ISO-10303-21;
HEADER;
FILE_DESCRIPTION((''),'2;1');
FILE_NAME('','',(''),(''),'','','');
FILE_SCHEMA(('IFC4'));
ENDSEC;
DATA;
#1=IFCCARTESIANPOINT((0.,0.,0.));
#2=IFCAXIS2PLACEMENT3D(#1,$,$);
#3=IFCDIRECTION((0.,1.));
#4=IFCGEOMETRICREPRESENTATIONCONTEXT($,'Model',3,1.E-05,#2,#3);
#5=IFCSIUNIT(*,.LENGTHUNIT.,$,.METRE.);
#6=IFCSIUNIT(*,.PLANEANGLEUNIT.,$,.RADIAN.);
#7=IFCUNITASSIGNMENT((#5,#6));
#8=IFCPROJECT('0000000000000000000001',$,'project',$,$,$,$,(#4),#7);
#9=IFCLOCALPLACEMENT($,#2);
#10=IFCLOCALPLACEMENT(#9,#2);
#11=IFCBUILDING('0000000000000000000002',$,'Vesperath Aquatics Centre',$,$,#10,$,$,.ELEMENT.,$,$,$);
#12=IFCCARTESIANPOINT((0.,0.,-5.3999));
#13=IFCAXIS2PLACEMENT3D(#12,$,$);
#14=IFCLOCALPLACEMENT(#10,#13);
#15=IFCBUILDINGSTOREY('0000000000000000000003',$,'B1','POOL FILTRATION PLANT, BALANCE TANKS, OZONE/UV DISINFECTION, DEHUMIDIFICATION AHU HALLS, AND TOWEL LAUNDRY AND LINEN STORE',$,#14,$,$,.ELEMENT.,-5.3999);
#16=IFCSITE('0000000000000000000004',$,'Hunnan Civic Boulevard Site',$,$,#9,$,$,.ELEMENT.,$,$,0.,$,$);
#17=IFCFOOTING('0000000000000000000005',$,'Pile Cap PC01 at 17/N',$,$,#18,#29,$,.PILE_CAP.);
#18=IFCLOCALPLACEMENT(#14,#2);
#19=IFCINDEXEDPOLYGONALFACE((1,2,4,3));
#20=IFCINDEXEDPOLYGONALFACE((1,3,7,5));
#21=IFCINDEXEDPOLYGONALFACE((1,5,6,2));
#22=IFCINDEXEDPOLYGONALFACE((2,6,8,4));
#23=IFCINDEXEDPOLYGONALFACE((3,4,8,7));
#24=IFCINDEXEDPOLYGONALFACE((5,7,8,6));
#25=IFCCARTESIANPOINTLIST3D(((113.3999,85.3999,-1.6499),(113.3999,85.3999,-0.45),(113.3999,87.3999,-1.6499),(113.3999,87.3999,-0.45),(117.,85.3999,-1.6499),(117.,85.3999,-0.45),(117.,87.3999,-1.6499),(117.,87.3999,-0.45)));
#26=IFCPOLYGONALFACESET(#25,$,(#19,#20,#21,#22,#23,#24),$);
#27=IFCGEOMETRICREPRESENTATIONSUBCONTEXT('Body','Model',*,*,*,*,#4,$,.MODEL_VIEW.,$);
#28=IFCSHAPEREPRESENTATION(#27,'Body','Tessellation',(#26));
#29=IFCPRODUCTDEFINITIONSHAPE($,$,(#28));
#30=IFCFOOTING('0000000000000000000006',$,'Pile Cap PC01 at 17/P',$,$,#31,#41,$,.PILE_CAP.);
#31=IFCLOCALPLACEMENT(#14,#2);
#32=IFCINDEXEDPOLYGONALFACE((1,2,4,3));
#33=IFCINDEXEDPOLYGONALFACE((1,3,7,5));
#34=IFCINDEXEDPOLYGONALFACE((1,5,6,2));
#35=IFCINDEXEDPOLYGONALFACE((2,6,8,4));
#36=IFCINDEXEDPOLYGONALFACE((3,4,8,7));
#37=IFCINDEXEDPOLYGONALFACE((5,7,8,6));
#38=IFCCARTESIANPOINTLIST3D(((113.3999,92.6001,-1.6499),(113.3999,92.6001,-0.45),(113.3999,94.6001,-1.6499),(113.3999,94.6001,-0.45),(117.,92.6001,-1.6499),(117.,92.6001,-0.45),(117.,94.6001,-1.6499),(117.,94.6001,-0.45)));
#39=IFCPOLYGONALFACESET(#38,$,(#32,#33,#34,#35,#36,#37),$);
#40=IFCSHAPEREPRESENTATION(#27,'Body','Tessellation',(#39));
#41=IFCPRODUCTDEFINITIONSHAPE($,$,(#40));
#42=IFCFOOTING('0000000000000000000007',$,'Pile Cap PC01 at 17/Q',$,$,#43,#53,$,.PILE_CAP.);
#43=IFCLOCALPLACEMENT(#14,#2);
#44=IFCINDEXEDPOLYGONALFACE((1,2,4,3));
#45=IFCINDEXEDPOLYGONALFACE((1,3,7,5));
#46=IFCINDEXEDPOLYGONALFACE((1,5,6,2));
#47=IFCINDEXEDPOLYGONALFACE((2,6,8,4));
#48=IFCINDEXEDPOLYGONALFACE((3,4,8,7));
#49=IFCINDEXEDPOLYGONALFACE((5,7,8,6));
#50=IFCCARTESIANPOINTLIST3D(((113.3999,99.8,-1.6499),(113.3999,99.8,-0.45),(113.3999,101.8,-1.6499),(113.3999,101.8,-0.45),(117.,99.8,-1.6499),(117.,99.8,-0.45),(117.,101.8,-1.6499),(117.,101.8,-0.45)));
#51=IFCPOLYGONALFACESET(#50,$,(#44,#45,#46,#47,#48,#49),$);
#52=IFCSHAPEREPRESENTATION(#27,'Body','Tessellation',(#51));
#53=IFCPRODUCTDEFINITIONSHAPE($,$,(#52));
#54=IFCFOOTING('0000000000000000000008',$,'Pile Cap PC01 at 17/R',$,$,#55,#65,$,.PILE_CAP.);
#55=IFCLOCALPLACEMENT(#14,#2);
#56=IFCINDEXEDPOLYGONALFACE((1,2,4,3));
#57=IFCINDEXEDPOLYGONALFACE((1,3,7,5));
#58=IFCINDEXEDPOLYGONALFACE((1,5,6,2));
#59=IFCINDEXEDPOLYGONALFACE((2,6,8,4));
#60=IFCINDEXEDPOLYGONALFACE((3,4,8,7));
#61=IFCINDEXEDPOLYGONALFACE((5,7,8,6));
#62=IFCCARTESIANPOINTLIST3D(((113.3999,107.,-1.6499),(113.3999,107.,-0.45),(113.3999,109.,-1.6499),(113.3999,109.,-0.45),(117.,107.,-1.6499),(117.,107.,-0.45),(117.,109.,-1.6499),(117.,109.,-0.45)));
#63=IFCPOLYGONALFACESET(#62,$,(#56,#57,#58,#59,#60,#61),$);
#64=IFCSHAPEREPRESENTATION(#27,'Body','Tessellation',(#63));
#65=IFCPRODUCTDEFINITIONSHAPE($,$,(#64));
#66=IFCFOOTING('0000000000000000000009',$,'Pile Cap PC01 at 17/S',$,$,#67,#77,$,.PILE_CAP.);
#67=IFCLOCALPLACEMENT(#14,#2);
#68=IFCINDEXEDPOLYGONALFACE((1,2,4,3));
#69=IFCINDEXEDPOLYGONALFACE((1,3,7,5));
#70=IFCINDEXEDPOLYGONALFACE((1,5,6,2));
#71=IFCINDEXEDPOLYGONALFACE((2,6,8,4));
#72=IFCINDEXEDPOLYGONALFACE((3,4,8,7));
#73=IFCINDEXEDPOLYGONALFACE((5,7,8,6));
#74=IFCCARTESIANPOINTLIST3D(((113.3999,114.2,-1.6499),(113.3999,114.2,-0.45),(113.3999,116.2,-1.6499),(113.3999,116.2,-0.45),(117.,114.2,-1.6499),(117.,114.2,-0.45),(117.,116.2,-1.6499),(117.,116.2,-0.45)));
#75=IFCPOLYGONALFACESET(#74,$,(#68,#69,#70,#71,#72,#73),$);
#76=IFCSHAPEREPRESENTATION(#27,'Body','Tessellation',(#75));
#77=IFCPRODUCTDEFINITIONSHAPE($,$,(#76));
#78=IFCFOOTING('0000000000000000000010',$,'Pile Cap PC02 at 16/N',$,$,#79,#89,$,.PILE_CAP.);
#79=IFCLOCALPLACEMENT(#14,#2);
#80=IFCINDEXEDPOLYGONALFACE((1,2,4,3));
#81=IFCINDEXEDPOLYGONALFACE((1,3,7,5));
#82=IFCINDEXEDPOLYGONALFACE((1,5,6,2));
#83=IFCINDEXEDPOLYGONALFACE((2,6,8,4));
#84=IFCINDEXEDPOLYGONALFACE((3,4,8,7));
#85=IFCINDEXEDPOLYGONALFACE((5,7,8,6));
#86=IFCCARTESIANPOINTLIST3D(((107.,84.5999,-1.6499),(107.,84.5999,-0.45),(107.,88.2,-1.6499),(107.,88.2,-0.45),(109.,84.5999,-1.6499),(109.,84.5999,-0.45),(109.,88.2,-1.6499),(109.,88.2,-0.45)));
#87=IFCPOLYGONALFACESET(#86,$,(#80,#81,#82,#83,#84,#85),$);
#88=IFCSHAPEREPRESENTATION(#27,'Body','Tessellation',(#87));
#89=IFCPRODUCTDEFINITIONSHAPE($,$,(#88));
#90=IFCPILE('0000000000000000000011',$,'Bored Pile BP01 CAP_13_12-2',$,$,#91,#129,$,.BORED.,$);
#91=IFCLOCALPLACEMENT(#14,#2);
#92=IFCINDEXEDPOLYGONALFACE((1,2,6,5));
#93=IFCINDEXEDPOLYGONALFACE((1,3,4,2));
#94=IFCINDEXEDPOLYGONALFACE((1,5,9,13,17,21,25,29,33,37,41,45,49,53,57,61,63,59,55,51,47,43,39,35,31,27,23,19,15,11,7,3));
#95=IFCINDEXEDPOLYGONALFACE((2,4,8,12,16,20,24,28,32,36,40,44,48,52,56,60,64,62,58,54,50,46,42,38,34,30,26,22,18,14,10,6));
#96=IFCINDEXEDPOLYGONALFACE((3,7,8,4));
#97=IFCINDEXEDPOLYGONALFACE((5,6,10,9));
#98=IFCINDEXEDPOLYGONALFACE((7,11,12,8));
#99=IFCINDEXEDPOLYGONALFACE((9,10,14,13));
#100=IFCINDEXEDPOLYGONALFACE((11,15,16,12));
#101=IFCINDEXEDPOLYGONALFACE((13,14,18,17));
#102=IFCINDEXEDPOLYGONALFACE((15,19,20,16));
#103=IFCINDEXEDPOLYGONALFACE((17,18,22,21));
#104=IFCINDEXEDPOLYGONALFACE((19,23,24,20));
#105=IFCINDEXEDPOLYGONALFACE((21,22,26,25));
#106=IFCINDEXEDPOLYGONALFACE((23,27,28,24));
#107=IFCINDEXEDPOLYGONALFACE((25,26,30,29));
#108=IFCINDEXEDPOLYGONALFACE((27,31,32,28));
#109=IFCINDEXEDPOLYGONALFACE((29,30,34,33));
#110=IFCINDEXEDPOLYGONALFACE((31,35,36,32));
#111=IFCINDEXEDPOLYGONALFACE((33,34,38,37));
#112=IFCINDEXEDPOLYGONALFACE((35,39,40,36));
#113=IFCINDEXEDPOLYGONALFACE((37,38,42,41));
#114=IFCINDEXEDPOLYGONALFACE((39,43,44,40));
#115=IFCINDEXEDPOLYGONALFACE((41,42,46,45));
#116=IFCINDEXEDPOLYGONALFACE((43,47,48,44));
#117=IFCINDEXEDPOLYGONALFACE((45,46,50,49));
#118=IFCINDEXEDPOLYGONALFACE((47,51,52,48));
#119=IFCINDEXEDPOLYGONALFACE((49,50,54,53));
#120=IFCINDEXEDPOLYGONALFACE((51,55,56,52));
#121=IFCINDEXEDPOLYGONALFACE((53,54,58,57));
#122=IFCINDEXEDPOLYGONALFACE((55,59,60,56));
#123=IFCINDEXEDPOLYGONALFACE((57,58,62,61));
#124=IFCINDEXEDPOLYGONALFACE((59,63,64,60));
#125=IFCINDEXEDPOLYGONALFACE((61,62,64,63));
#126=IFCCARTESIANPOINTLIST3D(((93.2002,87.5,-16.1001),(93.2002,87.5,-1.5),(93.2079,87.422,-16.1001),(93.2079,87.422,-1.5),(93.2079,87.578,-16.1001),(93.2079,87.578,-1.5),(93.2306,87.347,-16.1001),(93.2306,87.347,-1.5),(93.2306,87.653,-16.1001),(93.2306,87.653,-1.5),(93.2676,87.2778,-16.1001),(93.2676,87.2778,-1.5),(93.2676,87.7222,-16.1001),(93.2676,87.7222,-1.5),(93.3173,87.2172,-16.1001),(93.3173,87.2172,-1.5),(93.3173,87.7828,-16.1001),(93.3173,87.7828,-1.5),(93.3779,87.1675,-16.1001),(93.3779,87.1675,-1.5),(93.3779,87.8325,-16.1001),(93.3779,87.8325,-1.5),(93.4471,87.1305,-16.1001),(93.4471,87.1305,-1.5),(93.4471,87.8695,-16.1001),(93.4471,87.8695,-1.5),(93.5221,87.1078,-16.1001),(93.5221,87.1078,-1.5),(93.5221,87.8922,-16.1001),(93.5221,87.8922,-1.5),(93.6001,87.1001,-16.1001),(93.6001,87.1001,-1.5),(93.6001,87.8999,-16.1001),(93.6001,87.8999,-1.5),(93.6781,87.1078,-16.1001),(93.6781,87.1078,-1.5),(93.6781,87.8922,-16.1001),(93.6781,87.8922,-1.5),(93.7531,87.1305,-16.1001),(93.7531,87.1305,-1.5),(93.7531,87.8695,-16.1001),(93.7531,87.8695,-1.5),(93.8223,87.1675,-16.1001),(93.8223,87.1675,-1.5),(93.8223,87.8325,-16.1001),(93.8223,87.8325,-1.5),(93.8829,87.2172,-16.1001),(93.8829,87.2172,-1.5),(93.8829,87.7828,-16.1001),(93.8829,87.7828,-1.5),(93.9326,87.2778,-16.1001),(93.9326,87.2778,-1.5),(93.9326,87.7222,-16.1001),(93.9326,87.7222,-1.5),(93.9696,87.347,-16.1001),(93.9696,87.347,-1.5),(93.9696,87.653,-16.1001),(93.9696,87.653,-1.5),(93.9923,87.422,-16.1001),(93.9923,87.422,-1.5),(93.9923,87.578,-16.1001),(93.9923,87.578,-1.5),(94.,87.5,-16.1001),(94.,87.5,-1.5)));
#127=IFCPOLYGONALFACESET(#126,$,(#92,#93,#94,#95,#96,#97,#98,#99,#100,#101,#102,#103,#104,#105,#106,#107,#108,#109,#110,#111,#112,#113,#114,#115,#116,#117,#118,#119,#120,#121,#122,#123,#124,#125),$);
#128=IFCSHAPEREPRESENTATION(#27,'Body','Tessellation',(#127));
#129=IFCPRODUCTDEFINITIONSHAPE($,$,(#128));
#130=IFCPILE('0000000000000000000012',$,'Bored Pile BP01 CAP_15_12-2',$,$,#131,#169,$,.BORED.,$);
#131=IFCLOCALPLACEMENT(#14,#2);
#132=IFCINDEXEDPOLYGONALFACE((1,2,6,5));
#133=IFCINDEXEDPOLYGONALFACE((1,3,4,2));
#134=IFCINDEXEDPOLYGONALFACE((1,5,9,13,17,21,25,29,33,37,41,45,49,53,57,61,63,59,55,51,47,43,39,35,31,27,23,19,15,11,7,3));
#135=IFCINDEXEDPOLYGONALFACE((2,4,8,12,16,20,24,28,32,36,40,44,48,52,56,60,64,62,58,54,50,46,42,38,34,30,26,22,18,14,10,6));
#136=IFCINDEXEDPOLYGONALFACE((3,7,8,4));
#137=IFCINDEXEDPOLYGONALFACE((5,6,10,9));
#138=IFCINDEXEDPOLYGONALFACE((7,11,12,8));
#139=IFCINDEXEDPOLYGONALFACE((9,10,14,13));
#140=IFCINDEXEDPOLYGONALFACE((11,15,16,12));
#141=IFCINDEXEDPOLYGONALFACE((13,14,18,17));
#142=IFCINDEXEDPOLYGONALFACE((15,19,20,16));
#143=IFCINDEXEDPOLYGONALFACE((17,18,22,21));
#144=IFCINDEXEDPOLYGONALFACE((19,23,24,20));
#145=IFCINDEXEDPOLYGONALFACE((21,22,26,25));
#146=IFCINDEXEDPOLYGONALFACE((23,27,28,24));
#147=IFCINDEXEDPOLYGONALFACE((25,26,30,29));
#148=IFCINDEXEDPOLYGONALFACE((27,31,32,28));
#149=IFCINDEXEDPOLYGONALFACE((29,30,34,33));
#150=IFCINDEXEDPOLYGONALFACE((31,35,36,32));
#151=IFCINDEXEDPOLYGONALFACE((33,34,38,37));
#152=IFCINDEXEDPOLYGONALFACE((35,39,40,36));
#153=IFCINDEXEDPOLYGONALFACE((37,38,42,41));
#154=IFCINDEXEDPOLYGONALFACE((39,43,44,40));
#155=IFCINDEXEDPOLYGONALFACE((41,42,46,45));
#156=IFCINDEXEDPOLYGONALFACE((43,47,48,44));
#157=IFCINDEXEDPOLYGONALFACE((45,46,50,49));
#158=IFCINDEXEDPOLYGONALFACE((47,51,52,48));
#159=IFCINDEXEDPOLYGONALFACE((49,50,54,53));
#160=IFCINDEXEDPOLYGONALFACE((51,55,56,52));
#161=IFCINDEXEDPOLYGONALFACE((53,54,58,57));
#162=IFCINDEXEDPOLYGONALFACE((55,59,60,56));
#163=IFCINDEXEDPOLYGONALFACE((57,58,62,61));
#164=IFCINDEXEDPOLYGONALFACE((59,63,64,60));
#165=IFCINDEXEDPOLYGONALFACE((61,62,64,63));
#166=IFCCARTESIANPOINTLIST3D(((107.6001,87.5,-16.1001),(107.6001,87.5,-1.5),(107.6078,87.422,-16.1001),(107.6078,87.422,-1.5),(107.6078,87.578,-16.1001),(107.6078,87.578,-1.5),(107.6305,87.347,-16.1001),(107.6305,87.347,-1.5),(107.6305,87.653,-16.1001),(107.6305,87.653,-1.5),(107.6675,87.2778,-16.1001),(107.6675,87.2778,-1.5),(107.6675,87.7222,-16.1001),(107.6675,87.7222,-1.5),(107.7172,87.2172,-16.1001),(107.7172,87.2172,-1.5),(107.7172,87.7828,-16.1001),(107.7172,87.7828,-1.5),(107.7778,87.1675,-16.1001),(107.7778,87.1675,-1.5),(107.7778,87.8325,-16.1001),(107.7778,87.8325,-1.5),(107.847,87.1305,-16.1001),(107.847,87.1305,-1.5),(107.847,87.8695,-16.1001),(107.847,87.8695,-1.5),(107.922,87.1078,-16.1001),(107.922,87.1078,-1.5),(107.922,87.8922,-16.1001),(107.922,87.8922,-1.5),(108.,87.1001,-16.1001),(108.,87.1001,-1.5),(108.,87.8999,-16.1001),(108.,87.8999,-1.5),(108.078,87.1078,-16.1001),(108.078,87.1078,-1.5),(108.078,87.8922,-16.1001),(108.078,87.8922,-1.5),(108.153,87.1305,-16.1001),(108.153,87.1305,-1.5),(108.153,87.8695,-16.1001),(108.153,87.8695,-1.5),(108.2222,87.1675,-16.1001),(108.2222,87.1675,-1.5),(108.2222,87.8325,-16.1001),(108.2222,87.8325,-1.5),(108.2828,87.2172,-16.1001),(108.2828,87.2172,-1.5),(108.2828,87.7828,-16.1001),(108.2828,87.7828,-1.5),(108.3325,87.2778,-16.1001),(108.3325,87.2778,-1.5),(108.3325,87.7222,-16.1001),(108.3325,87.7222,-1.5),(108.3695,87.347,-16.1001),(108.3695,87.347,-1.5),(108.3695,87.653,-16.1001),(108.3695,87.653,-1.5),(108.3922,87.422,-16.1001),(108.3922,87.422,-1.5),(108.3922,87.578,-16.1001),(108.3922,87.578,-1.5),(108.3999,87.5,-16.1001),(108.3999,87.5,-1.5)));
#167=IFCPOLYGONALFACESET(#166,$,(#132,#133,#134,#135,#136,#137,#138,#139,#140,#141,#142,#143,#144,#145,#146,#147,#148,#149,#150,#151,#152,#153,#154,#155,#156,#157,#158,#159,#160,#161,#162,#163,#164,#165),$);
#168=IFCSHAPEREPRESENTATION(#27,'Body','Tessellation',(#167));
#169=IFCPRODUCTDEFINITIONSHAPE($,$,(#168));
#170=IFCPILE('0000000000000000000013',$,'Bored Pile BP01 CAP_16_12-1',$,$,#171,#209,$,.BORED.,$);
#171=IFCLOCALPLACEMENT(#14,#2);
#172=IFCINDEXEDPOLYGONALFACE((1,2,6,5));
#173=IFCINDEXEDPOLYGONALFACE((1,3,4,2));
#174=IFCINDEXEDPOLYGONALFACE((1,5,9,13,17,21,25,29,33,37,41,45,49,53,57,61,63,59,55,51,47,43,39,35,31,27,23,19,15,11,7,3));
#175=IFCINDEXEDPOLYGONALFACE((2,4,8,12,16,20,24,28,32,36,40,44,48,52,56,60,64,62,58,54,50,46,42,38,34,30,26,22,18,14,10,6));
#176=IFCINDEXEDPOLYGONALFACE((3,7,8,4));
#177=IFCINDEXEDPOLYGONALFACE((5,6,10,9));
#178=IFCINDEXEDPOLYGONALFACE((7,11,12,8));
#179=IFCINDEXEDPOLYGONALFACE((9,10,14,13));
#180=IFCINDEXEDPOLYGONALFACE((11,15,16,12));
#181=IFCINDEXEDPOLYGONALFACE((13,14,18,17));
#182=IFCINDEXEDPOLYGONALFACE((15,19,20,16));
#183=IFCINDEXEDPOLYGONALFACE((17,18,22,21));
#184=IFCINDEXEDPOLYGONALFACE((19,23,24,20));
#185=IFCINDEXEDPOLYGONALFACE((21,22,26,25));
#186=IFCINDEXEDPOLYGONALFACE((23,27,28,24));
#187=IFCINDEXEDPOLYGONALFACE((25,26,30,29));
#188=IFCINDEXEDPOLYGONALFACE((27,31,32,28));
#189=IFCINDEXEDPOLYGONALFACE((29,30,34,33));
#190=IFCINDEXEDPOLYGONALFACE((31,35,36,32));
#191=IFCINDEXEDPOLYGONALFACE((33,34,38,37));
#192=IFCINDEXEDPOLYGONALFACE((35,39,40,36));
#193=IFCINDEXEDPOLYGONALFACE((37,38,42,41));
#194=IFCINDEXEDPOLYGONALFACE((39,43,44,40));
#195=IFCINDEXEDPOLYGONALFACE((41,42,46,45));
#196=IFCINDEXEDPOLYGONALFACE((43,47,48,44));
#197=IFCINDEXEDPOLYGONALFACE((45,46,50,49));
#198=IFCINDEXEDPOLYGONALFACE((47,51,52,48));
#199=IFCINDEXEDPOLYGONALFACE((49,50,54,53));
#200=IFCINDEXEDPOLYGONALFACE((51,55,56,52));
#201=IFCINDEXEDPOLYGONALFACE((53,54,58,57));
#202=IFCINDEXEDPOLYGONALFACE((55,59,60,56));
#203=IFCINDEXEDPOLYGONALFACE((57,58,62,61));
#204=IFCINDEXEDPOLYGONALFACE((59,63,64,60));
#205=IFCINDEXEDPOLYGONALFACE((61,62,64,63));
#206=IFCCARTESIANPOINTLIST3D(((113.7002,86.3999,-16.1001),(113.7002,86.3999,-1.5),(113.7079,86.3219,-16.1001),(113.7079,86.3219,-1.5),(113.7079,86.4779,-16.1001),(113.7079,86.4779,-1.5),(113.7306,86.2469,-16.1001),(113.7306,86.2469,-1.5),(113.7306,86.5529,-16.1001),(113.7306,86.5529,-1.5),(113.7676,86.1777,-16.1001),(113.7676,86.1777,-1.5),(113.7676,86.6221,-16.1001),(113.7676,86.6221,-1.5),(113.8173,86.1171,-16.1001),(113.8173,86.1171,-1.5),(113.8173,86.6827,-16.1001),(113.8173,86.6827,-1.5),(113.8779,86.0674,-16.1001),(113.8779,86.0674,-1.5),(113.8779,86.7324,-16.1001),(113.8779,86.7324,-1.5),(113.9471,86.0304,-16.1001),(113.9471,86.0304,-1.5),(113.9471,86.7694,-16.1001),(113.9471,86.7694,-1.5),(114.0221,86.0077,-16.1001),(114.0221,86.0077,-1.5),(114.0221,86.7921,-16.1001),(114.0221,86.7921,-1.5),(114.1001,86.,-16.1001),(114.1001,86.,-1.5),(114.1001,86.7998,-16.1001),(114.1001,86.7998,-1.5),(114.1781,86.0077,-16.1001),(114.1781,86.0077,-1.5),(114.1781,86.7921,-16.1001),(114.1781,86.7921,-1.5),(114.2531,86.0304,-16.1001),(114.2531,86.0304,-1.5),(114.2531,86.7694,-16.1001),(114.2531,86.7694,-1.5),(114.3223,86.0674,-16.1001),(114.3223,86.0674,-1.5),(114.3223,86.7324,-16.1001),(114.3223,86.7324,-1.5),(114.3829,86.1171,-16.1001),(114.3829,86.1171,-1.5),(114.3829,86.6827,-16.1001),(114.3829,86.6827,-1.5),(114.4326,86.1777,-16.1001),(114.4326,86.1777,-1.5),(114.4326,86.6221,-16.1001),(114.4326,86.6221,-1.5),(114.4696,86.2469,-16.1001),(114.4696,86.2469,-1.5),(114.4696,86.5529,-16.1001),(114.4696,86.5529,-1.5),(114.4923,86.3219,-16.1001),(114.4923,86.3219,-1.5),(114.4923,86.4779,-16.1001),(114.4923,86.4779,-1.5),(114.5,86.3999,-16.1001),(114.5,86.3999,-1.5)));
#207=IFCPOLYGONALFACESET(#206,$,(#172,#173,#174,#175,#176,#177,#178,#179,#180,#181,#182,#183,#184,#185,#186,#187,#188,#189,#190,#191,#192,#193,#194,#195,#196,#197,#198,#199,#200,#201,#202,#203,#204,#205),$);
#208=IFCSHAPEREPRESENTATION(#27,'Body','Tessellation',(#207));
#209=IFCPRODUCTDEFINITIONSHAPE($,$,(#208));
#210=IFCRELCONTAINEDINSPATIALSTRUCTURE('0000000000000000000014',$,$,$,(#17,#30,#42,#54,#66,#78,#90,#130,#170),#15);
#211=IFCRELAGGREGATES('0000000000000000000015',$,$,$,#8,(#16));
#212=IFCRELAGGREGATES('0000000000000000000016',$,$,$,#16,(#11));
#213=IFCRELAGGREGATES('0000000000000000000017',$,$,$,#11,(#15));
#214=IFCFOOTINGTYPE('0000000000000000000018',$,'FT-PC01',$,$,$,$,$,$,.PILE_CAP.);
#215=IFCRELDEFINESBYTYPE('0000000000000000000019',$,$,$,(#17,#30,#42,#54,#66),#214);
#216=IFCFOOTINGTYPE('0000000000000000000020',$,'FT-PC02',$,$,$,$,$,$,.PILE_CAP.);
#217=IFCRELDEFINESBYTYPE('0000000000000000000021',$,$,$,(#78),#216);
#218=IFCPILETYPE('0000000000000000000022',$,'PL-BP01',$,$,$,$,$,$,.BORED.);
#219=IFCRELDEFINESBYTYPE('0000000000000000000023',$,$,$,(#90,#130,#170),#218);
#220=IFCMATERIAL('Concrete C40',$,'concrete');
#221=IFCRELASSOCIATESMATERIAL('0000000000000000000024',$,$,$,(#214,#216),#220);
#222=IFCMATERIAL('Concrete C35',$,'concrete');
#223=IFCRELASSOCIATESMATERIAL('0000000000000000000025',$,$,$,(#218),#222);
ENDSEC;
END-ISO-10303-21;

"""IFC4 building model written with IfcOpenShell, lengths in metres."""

from ifc_helpers import new_model, si_unit, direction, frame, origin, origin_2d, place, context, subcontext, project, spatial, rectangle, circle, extrude, material, material_profile, profile_set, type_object, element, save


model = new_model("IFC4")

# Units and contexts
model_context = context("Model", 3, precision=1e-05, world=origin(), true_north=direction((0.0, 1.0)))
body_context = subcontext(model_context, "Body", "Model", "MODEL_VIEW")
ifc_project = project(units=[si_unit("LENGTHUNIT", "METRE"), si_unit("PLANEANGLEUNIT", "RADIAN")], contexts=[model_context])

# Site, building, storey
site_placement = place(None, origin())
site = spatial("IfcSite", under=ifc_project, at=site_placement, Name="Hunnan Civic Boulevard Site", CompositionType="ELEMENT", RefElevation=0.0)
building_placement = place(site_placement, origin())
building = spatial("IfcBuilding", under=site, at=building_placement, Name="Vesperath Aquatics Centre", CompositionType="ELEMENT")
storey_placement = place(building_placement, frame((0.0, 0.0, -5.3999)))
storey = spatial("IfcBuildingStorey", under=building, at=storey_placement, Name="B1", Description="POOL FILTRATION PLANT, BALANCE TANKS, OZONE/UV DISINFECTION, DEHUMIDIFICATION AHU HALLS, AND TOWEL LAUNDRY AND LINEN STORE", CompositionType="ELEMENT", Elevation=-5.3999)

# Footings
ifc_material_1 = material(Name="Concrete C40", Category="concrete")
footing_type_1 = type_object("IfcFootingType", Name="FT-PC01", PredefinedType="PILE_CAP", material=ifc_material_1)
for number, where, z_axis, x_axis, name in (
    (1, (115.2, 86.3999, -1.6499), (0.0, 0.0, 1.0), (1.0, 0.0, 0.0), "Pile Cap PC01 at 17/N"),
    (2, (115.2, 93.6001, -1.6499), (0.0, 0.0, 1.0), (1.0, 0.0, 0.0), "Pile Cap PC01 at 17/P"),
    (3, (115.2, 100.8, -1.6499), (0.0, 0.0, 1.0), (1.0, 0.0, 0.0), "Pile Cap PC01 at 17/Q"),
    (4, (115.2, 108.0, -1.6499), (0.0, 0.0, 1.0), (1.0, 0.0, 0.0), "Pile Cap PC01 at 17/R"),
    (5, (115.2, 115.2, -1.6499), (0.0, 0.0, 1.0), (1.0, 0.0, 0.0), "Pile Cap PC01 at 17/S"),
):
    element("IfcFooting", number, at=place(storey_placement, frame(where, z_axis=z_axis, x_axis=x_axis)), inside=storey, type_object=footing_type_1, Name=name, PredefinedType="PILE_CAP", context=body_context, shape_type="SweptSolid", body=[
        extrude(rectangle(XDim=3.6001, YDim=2.0, at=origin_2d()), origin(), (0.0, 0.0, 1.0), 1.2),
    ])
footing_type_2 = type_object("IfcFootingType", Name="FT-PC02", PredefinedType="PILE_CAP", material=ifc_material_1)
footing_placement = place(storey_placement, frame((108.0, 86.3999, -1.6499), z_axis=(0.0, 0.0, 1.0), x_axis=(1.0, 0.0, 0.0)))
element("IfcFooting", 6, at=footing_placement, inside=storey, type_object=footing_type_2, Name="Pile Cap PC02 at 16/N", PredefinedType="PILE_CAP", context=body_context, shape_type="SweptSolid", body=[
    extrude(rectangle(XDim=2.0, YDim=3.6001, at=origin_2d()), origin(), (0.0, 0.0, 1.0), 1.2),
])

# Piles
ifc_material_2 = material(Name="Concrete C35", Category="concrete")
ifc_material_profile_1 = material_profile(ifc_material_2, circle(Radius=0.3999, at=origin_2d()), Name="PILE D800")
ifc_profile_set_1 = profile_set([ifc_material_profile_1], Name="Concrete C35")
pile_type_1 = type_object("IfcPileType", Name="PL-BP01", PredefinedType="BORED", material=ifc_profile_set_1)
for number, where, z_axis, x_axis, name in (
    (7, (93.6001, 87.5, -1.5), (0.0, 0.0, -1.0), (1.0, 0.0, 0.0), "Bored Pile BP01 CAP_13_12-2"),
    (8, (108.0, 87.5, -1.5), (0.0, 0.0, -1.0), (1.0, 0.0, 0.0), "Bored Pile BP01 CAP_15_12-2"),
    (9, (114.1001, 86.3999, -1.5), (0.0, 0.0, -1.0), (1.0, 0.0, 0.0), "Bored Pile BP01 CAP_16_12-1"),
):
    element("IfcPile", number, at=place(storey_placement, frame(where, z_axis=z_axis, x_axis=x_axis)), inside=storey, type_object=pile_type_1, Name=name, PredefinedType="BORED", context=body_context, shape_type="SweptSolid", body=[
        extrude(circle(Radius=0.3999, at=origin_2d()), origin(), (0.0, 0.0, 1.0), 14.6001),
    ])

save(model, "model.ifc")
